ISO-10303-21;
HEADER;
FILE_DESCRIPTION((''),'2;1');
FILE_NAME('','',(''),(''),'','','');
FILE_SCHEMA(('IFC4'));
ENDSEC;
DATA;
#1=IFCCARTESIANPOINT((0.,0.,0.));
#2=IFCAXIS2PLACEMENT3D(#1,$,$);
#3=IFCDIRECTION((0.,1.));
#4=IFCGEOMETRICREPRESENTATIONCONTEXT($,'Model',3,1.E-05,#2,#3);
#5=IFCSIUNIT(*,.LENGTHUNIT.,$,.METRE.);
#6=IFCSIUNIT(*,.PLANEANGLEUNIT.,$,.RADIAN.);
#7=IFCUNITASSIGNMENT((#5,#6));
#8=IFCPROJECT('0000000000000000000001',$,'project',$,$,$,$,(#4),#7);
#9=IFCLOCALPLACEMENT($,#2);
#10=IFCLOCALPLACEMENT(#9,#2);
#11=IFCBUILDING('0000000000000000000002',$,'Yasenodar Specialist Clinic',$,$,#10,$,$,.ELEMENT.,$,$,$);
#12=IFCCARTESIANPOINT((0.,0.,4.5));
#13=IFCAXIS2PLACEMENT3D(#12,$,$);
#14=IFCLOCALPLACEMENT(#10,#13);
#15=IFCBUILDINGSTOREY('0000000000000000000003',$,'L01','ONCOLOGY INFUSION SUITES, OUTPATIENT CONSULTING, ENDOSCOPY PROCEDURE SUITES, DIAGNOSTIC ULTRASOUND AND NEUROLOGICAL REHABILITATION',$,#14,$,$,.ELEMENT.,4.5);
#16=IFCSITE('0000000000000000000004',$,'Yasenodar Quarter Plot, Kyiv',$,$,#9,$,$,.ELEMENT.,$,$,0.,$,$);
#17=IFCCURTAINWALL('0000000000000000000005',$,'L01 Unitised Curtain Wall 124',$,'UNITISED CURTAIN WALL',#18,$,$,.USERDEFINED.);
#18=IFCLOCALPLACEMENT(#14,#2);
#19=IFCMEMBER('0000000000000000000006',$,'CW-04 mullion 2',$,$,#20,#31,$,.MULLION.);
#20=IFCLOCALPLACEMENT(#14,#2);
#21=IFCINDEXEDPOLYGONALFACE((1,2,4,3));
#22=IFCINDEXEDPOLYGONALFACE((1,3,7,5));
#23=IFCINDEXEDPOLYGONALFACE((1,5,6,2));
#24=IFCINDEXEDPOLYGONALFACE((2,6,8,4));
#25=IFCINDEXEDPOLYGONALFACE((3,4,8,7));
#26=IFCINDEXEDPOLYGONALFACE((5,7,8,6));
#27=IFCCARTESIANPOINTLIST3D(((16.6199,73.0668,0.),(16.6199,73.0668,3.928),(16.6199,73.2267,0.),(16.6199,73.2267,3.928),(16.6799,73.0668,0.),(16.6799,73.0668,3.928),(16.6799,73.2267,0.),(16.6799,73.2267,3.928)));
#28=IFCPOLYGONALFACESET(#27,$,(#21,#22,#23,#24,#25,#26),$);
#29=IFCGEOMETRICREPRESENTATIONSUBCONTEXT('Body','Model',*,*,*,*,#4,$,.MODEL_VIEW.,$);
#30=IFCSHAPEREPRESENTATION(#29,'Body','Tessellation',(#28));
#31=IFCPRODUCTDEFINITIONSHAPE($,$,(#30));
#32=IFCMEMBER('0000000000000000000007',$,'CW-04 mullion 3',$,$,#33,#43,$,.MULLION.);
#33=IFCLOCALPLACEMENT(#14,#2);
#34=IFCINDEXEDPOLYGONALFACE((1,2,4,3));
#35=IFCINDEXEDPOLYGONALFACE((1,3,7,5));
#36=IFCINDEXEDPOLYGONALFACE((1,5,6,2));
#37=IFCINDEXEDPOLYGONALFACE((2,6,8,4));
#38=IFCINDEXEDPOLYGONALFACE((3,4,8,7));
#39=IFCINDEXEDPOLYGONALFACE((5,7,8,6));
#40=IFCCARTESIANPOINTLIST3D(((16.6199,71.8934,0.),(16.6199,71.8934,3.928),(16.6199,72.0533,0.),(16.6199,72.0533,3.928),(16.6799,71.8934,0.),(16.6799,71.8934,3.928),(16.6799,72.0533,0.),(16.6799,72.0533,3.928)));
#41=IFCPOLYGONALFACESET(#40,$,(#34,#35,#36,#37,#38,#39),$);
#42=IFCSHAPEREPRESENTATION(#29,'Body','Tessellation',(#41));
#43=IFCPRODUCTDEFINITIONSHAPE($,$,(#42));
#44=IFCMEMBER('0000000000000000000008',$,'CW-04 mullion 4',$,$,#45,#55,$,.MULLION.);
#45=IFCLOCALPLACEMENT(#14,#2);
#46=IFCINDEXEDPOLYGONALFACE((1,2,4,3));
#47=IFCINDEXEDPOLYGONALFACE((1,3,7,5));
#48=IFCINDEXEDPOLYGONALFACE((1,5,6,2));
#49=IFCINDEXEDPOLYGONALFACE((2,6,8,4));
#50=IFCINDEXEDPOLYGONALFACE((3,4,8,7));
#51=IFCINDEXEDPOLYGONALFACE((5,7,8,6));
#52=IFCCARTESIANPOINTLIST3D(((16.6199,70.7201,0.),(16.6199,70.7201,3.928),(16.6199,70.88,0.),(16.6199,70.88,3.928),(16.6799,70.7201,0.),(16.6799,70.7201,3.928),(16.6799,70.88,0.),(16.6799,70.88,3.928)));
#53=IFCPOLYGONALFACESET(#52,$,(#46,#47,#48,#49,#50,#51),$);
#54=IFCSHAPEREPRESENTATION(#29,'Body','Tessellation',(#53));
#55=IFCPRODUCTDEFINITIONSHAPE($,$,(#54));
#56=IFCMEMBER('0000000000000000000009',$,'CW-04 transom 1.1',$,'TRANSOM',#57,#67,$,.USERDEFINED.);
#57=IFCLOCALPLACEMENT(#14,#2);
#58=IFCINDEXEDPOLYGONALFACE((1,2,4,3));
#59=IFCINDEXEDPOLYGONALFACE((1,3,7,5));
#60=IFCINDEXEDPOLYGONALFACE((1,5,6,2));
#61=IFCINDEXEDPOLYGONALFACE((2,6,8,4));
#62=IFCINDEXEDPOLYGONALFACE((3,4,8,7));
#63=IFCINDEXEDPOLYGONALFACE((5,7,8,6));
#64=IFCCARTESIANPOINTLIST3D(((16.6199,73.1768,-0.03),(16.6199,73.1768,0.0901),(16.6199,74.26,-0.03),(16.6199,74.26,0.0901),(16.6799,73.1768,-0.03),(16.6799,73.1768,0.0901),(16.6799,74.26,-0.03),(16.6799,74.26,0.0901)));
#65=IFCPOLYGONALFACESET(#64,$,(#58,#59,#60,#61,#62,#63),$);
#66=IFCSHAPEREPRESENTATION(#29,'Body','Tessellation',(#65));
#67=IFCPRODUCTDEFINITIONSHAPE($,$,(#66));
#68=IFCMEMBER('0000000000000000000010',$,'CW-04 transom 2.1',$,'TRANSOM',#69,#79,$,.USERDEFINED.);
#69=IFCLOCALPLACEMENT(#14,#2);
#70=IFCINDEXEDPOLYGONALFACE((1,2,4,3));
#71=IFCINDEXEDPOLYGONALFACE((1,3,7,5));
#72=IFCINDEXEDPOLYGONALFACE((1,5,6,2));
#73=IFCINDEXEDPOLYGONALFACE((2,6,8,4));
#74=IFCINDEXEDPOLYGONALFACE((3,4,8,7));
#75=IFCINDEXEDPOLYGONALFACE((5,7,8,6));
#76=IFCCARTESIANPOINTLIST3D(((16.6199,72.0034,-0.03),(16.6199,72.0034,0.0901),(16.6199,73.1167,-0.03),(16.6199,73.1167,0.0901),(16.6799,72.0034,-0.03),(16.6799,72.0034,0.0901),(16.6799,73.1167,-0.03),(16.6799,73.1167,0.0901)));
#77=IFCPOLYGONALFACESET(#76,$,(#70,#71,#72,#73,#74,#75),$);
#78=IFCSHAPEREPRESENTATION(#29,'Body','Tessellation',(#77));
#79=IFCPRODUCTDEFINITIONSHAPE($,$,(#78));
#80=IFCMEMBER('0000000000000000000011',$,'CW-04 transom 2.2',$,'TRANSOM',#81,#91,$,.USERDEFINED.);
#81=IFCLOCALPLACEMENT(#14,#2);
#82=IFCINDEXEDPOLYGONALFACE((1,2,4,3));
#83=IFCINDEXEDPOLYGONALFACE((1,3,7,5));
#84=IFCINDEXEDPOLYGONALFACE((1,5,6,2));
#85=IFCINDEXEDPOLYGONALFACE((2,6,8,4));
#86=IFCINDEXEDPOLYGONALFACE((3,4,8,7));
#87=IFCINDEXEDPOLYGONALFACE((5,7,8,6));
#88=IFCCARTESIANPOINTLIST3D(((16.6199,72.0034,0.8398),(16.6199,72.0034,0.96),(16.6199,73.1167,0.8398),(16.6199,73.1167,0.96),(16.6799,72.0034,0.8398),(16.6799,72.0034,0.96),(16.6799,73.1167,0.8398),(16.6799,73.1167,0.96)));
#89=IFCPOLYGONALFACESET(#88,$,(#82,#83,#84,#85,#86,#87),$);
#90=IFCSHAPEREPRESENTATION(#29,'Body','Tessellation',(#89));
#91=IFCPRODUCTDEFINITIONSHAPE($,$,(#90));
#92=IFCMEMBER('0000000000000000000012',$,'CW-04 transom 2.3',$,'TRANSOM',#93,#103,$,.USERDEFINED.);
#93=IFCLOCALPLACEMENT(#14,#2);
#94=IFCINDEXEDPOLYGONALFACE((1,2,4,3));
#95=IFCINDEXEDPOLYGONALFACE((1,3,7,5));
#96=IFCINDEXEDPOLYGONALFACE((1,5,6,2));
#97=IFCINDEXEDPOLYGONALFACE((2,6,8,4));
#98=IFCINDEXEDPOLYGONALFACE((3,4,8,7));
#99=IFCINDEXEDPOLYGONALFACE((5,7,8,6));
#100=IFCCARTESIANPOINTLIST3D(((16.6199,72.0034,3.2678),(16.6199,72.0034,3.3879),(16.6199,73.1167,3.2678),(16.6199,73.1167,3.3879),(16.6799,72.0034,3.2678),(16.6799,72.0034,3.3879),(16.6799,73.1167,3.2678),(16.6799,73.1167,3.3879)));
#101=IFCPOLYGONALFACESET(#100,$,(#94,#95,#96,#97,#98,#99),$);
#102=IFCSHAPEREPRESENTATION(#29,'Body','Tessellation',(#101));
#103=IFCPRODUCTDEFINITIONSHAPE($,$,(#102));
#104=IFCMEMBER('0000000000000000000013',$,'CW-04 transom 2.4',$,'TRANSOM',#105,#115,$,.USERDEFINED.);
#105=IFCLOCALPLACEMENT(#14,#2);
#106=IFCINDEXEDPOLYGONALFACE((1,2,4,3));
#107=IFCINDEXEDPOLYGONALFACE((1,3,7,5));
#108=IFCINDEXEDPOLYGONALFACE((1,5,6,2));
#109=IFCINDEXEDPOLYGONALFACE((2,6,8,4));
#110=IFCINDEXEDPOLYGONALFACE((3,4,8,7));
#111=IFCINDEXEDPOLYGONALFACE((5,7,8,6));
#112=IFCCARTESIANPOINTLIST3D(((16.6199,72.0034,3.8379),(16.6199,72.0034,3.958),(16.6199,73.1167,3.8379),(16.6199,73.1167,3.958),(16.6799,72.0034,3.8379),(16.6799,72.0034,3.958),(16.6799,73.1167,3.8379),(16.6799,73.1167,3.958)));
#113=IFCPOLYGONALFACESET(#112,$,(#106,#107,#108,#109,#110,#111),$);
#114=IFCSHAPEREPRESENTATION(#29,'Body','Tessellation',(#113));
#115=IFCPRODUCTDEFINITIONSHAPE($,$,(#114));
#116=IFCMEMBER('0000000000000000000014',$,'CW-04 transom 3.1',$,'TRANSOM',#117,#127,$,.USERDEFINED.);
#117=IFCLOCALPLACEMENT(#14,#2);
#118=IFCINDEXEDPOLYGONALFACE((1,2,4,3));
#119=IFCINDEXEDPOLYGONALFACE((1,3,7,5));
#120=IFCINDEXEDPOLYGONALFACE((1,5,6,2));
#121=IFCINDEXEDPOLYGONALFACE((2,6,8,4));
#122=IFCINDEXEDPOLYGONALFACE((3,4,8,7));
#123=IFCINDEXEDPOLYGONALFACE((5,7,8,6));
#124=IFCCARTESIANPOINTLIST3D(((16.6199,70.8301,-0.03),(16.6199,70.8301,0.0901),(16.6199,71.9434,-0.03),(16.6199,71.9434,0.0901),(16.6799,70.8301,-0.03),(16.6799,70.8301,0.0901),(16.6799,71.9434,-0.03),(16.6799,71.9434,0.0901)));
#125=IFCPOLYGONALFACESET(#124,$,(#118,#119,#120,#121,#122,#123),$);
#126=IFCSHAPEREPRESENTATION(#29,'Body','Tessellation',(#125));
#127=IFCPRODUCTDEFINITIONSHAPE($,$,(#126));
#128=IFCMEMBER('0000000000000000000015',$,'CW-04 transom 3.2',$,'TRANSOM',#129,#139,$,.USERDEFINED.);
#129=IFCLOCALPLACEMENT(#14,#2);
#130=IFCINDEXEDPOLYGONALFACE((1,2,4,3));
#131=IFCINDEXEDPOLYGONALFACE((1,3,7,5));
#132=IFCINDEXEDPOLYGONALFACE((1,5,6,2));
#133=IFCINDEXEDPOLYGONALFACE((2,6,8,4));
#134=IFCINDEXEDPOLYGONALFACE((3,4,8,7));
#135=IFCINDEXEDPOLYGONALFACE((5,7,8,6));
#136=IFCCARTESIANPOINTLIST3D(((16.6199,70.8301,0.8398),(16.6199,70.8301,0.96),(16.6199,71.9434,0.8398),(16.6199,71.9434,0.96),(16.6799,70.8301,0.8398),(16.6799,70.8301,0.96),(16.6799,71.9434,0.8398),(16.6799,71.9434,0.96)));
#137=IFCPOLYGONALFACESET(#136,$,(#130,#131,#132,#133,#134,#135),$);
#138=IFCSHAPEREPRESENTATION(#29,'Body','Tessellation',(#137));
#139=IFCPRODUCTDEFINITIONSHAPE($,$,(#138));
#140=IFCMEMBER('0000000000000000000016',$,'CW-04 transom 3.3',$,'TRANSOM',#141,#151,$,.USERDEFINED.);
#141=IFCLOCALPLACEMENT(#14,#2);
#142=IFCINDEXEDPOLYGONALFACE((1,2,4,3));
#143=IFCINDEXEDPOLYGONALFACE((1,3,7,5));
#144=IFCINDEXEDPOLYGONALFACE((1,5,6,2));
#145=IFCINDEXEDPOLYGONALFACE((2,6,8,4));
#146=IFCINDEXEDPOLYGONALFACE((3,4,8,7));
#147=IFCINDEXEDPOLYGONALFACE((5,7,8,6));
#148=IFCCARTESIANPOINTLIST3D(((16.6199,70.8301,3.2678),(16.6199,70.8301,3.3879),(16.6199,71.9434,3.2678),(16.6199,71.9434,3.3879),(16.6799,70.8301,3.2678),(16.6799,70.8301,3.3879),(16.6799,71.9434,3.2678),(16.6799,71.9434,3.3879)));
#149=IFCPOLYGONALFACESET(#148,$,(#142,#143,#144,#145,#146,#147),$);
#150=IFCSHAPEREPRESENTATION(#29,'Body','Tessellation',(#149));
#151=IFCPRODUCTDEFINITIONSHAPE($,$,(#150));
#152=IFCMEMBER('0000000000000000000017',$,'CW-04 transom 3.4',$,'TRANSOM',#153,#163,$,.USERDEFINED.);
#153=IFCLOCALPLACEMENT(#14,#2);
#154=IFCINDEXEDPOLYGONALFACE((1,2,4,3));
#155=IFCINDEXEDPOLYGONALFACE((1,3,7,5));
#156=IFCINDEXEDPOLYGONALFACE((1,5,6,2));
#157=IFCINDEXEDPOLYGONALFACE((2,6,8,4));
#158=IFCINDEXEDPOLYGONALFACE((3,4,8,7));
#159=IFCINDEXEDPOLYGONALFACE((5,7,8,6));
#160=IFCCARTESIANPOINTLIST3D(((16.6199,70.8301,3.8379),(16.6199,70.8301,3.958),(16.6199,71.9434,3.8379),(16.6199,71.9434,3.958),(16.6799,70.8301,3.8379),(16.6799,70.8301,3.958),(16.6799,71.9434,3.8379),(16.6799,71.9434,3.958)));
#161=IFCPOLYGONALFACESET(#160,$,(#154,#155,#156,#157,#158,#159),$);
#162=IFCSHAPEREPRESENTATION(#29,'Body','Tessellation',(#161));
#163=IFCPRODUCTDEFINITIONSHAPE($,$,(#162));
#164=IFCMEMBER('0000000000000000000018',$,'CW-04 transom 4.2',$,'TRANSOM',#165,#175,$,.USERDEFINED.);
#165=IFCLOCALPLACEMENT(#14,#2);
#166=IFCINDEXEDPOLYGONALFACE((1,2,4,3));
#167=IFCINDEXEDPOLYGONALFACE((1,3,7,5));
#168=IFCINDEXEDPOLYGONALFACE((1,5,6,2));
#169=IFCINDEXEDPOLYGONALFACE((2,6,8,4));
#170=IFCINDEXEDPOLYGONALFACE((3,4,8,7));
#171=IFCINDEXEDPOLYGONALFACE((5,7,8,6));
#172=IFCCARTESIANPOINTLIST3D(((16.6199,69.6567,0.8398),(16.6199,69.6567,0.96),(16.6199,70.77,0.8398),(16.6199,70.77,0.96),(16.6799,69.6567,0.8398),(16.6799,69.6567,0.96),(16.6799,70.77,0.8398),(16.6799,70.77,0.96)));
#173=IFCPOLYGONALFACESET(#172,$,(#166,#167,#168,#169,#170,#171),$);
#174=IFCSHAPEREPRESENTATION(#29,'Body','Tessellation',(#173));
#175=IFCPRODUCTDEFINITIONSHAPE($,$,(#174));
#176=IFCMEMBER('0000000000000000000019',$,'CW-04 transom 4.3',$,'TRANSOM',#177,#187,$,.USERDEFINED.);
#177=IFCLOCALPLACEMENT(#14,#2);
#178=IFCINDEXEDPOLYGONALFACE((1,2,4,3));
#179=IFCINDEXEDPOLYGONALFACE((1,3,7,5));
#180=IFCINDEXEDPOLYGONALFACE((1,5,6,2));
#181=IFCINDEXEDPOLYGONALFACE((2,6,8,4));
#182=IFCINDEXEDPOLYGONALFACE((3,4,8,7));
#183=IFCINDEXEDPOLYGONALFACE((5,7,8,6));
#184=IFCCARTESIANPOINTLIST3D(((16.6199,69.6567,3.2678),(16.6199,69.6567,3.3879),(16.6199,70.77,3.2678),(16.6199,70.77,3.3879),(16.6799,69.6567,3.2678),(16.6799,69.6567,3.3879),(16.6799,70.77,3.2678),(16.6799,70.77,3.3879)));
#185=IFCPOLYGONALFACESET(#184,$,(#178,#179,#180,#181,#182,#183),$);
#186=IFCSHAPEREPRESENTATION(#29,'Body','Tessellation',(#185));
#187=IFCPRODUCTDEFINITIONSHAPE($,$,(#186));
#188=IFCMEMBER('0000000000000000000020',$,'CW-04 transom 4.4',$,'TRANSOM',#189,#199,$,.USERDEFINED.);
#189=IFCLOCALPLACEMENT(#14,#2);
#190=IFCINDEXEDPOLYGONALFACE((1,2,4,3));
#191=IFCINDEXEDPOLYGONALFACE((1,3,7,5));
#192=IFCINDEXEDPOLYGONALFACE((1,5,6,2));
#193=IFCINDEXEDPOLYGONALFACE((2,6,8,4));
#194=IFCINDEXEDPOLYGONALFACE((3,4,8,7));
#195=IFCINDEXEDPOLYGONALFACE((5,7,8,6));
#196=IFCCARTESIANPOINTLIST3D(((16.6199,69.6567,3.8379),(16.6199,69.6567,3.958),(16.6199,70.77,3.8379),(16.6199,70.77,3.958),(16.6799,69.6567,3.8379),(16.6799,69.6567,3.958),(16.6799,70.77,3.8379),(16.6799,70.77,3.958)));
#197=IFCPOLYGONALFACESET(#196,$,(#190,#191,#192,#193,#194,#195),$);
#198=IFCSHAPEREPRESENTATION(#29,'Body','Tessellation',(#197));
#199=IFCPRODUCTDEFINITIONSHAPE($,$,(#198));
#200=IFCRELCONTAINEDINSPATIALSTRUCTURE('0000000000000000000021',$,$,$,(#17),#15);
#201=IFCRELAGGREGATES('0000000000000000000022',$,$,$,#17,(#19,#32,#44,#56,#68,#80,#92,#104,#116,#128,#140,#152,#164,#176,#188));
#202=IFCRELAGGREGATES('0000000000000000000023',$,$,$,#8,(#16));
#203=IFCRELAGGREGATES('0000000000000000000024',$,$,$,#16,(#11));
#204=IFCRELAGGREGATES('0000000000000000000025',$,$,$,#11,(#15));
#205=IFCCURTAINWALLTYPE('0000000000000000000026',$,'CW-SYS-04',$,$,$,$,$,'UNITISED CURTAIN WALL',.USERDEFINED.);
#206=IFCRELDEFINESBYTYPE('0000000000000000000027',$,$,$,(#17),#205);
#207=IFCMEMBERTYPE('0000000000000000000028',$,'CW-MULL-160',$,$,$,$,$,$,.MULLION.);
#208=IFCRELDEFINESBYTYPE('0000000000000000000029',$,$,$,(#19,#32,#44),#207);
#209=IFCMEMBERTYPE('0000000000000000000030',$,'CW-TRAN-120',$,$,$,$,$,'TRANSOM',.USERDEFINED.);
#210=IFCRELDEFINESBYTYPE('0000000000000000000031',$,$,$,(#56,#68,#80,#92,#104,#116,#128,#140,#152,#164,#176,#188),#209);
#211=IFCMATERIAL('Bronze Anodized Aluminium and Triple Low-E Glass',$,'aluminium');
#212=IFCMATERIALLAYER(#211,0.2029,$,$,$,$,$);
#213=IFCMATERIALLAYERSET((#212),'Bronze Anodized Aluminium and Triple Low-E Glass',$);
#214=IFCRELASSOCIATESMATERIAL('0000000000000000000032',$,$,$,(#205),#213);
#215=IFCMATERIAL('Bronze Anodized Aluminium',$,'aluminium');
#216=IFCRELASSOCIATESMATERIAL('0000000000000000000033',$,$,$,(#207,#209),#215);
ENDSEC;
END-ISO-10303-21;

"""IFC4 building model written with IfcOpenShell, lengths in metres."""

from ifc_helpers import new_model, si_unit, direction, frame, origin, origin_2d, place, context, subcontext, project, spatial, rectangle, extrude, material, layer, layer_set, material_profile, profile_set, type_object, element, aggregate, save


model = new_model("IFC4")

# Units and contexts
model_context = context("Model", 3, precision=1e-05, world=origin(), true_north=direction((0.0, 1.0)))
body_context = subcontext(model_context, "Body", "Model", "MODEL_VIEW")
ifc_project = project(units=[si_unit("LENGTHUNIT", "METRE"), si_unit("PLANEANGLEUNIT", "RADIAN")], contexts=[model_context])

# Site, building, storey
site_placement = place(None, origin())
site = spatial("IfcSite", under=ifc_project, at=site_placement, Name="Yasenodar Quarter Plot, Kyiv", CompositionType="ELEMENT", RefElevation=0.0)
building_placement = place(site_placement, origin())
building = spatial("IfcBuilding", under=site, at=building_placement, Name="Yasenodar Specialist Clinic", CompositionType="ELEMENT")
storey_placement = place(building_placement, frame((0.0, 0.0, 4.5)))
storey = spatial("IfcBuildingStorey", under=building, at=storey_placement, Name="L01", Description="ONCOLOGY INFUSION SUITES, OUTPATIENT CONSULTING, ENDOSCOPY PROCEDURE SUITES, DIAGNOSTIC ULTRASOUND AND NEUROLOGICAL REHABILITATION", CompositionType="ELEMENT", Elevation=4.5)

# Curtain wall, members
ifc_material_1 = material(Name="Bronze Anodized Aluminium and Triple Low-E Glass", Category="aluminium")
ifc_layer_1 = layer(ifc_material_1, 0.2029)
ifc_layer_set_1 = layer_set([ifc_layer_1], Name="Bronze Anodized Aluminium and Triple Low-E Glass")
curtain_wall_type = type_object("IfcCurtainWallType", Name="CW-SYS-04", ElementType="UNITISED CURTAIN WALL", PredefinedType="USERDEFINED", material=ifc_layer_set_1)
curtain_wall_placement = place(storey_placement, origin())
curtain_wall = element("IfcCurtainWall", 1, at=curtain_wall_placement, inside=storey, type_object=curtain_wall_type, Name="L01 Unitised Curtain Wall 124", ObjectType="UNITISED CURTAIN WALL", PredefinedType="USERDEFINED")
ifc_material_2 = material(Name="Bronze Anodized Aluminium", Category="aluminium")
ifc_material_profile_1 = material_profile(ifc_material_2, rectangle(XDim=0.0601, YDim=0.1599, at=origin_2d()), Name="CW-MULL 60x160")
ifc_profile_set_1 = profile_set([ifc_material_profile_1], Name="Bronze Anodized Aluminium")
member_type_1 = type_object("IfcMemberType", Name="CW-MULL-160", PredefinedType="MULLION", material=ifc_profile_set_1)
member_1_placement = place(storey_placement, frame((16.6499, 73.1467, 0.0), z_axis=(0.0, 0.0, 1.0), x_axis=(1.0, 0.0, 0.0)))
member_1 = element("IfcMember", 2, at=member_1_placement, type_object=member_type_1, Name="CW-04 mullion 2", PredefinedType="MULLION", context=body_context, shape_type="SweptSolid", body=[
    extrude(rectangle(XDim=0.0601, YDim=0.1599, at=origin_2d()), origin(), (0.0, 0.0, 1.0), 3.928),
])
member_2_placement = place(storey_placement, frame((16.6499, 71.9734, 0.0), z_axis=(0.0, 0.0, 1.0), x_axis=(1.0, 0.0, 0.0)))
member_2 = element("IfcMember", 3, at=member_2_placement, type_object=member_type_1, Name="CW-04 mullion 3", PredefinedType="MULLION", context=body_context, shape_type="SweptSolid", body=[
    extrude(rectangle(XDim=0.0601, YDim=0.1599, at=origin_2d()), origin(), (0.0, 0.0, 1.0), 3.928),
])
member_3_placement = place(storey_placement, frame((16.6499, 70.8, 0.0), z_axis=(0.0, 0.0, 1.0), x_axis=(1.0, 0.0, 0.0)))
member_3 = element("IfcMember", 4, at=member_3_placement, type_object=member_type_1, Name="CW-04 mullion 4", PredefinedType="MULLION", context=body_context, shape_type="SweptSolid", body=[
    extrude(rectangle(XDim=0.0601, YDim=0.1599, at=origin_2d()), origin(), (0.0, 0.0, 1.0), 3.928),
])
ifc_material_profile_2 = material_profile(ifc_material_2, rectangle(XDim=0.0601, YDim=0.1201, at=origin_2d()), Name="CW-TRAN 60x120")
ifc_profile_set_2 = profile_set([ifc_material_profile_2], Name="Bronze Anodized Aluminium")
member_type_2 = type_object("IfcMemberType", Name="CW-TRAN-120", ElementType="TRANSOM", PredefinedType="USERDEFINED", material=ifc_profile_set_2)
member_4_placement = place(storey_placement, frame((16.6499, 74.26, 0.03), z_axis=(0.0, -1.0, 0.0), x_axis=(1.0, 0.0, 0.0)))
member_4 = element("IfcMember", 5, at=member_4_placement, type_object=member_type_2, Name="CW-04 transom 1.1", ObjectType="TRANSOM", PredefinedType="USERDEFINED", context=body_context, shape_type="SweptSolid", body=[
    extrude(rectangle(XDim=0.0601, YDim=0.1201, at=origin_2d()), origin(), (0.0, 0.0, 1.0), 1.0833),
])
member_5_placement = place(storey_placement, frame((16.6499, 73.1167, 0.03), z_axis=(0.0, -1.0, 0.0), x_axis=(1.0, 0.0, 0.0)))
member_5 = element("IfcMember", 6, at=member_5_placement, type_object=member_type_2, Name="CW-04 transom 2.1", ObjectType="TRANSOM", PredefinedType="USERDEFINED", context=body_context, shape_type="SweptSolid", body=[
    extrude(rectangle(XDim=0.0601, YDim=0.1201, at=origin_2d()), origin(), (0.0, 0.0, 1.0), 1.1133),
])
member_6_placement = place(storey_placement, frame((16.6499, 73.1167, 0.8999), z_axis=(0.0, -1.0, 0.0), x_axis=(1.0, 0.0, 0.0)))
member_6 = element("IfcMember", 7, at=member_6_placement, type_object=member_type_2, Name="CW-04 transom 2.2", ObjectType="TRANSOM", PredefinedType="USERDEFINED", context=body_context, shape_type="SweptSolid", body=[
    extrude(rectangle(XDim=0.0601, YDim=0.1201, at=origin_2d()), origin(), (0.0, 0.0, 1.0), 1.1133),
])
member_7_placement = place(storey_placement, frame((16.6499, 73.1167, 3.3279), z_axis=(0.0, -1.0, 0.0), x_axis=(1.0, 0.0, 0.0)))
member_7 = element("IfcMember", 8, at=member_7_placement, type_object=member_type_2, Name="CW-04 transom 2.3", ObjectType="TRANSOM", PredefinedType="USERDEFINED", context=body_context, shape_type="SweptSolid", body=[
    extrude(rectangle(XDim=0.0601, YDim=0.1201, at=origin_2d()), origin(), (0.0, 0.0, 1.0), 1.1133),
])
member_8_placement = place(storey_placement, frame((16.6499, 73.1167, 3.8979), z_axis=(0.0, -1.0, 0.0), x_axis=(1.0, 0.0, 0.0)))
member_8 = element("IfcMember", 9, at=member_8_placement, type_object=member_type_2, Name="CW-04 transom 2.4", ObjectType="TRANSOM", PredefinedType="USERDEFINED", context=body_context, shape_type="SweptSolid", body=[
    extrude(rectangle(XDim=0.0601, YDim=0.1201, at=origin_2d()), origin(), (0.0, 0.0, 1.0), 1.1133),
])
member_9_placement = place(storey_placement, frame((16.6499, 71.9434, 0.03), z_axis=(0.0, -1.0, 0.0), x_axis=(1.0, 0.0, 0.0)))
member_9 = element("IfcMember", 10, at=member_9_placement, type_object=member_type_2, Name="CW-04 transom 3.1", ObjectType="TRANSOM", PredefinedType="USERDEFINED", context=body_context, shape_type="SweptSolid", body=[
    extrude(rectangle(XDim=0.0601, YDim=0.1201, at=origin_2d()), origin(), (0.0, 0.0, 1.0), 1.1133),
])
member_10_placement = place(storey_placement, frame((16.6499, 71.9434, 0.8999), z_axis=(0.0, -1.0, 0.0), x_axis=(1.0, 0.0, 0.0)))
member_10 = element("IfcMember", 11, at=member_10_placement, type_object=member_type_2, Name="CW-04 transom 3.2", ObjectType="TRANSOM", PredefinedType="USERDEFINED", context=body_context, shape_type="SweptSolid", body=[
    extrude(rectangle(XDim=0.0601, YDim=0.1201, at=origin_2d()), origin(), (0.0, 0.0, 1.0), 1.1133),
])
member_11_placement = place(storey_placement, frame((16.6499, 71.9434, 3.3279), z_axis=(0.0, -1.0, 0.0), x_axis=(1.0, 0.0, 0.0)))
member_11 = element("IfcMember", 12, at=member_11_placement, type_object=member_type_2, Name="CW-04 transom 3.3", ObjectType="TRANSOM", PredefinedType="USERDEFINED", context=body_context, shape_type="SweptSolid", body=[
    extrude(rectangle(XDim=0.0601, YDim=0.1201, at=origin_2d()), origin(), (0.0, 0.0, 1.0), 1.1133),
])
member_12_placement = place(storey_placement, frame((16.6499, 71.9434, 3.8979), z_axis=(0.0, -1.0, 0.0), x_axis=(1.0, 0.0, 0.0)))
member_12 = element("IfcMember", 13, at=member_12_placement, type_object=member_type_2, Name="CW-04 transom 3.4", ObjectType="TRANSOM", PredefinedType="USERDEFINED", context=body_context, shape_type="SweptSolid", body=[
    extrude(rectangle(XDim=0.0601, YDim=0.1201, at=origin_2d()), origin(), (0.0, 0.0, 1.0), 1.1133),
])
member_13_placement = place(storey_placement, frame((16.6499, 70.77, 0.8999), z_axis=(0.0, -1.0, 0.0), x_axis=(1.0, 0.0, 0.0)))
member_13 = element("IfcMember", 14, at=member_13_placement, type_object=member_type_2, Name="CW-04 transom 4.2", ObjectType="TRANSOM", PredefinedType="USERDEFINED", context=body_context, shape_type="SweptSolid", body=[
    extrude(rectangle(XDim=0.0601, YDim=0.1201, at=origin_2d()), origin(), (0.0, 0.0, 1.0), 1.1133),
])
member_14_placement = place(storey_placement, frame((16.6499, 70.77, 3.3279), z_axis=(0.0, -1.0, 0.0), x_axis=(1.0, 0.0, 0.0)))
member_14 = element("IfcMember", 15, at=member_14_placement, type_object=member_type_2, Name="CW-04 transom 4.3", ObjectType="TRANSOM", PredefinedType="USERDEFINED", context=body_context, shape_type="SweptSolid", body=[
    extrude(rectangle(XDim=0.0601, YDim=0.1201, at=origin_2d()), origin(), (0.0, 0.0, 1.0), 1.1133),
])
member_15_placement = place(storey_placement, frame((16.6499, 70.77, 3.8979), z_axis=(0.0, -1.0, 0.0), x_axis=(1.0, 0.0, 0.0)))
member_15 = element("IfcMember", 16, at=member_15_placement, type_object=member_type_2, Name="CW-04 transom 4.4", ObjectType="TRANSOM", PredefinedType="USERDEFINED", context=body_context, shape_type="SweptSolid", body=[
    extrude(rectangle(XDim=0.0601, YDim=0.1201, at=origin_2d()), origin(), (0.0, 0.0, 1.0), 1.1133),
])
aggregate(curtain_wall, [member_1, member_2, member_3, member_4, member_5, member_6, member_7, member_8, member_9, member_10, member_11, member_12, member_13, member_14, member_15])

save(model, "model.ifc")
